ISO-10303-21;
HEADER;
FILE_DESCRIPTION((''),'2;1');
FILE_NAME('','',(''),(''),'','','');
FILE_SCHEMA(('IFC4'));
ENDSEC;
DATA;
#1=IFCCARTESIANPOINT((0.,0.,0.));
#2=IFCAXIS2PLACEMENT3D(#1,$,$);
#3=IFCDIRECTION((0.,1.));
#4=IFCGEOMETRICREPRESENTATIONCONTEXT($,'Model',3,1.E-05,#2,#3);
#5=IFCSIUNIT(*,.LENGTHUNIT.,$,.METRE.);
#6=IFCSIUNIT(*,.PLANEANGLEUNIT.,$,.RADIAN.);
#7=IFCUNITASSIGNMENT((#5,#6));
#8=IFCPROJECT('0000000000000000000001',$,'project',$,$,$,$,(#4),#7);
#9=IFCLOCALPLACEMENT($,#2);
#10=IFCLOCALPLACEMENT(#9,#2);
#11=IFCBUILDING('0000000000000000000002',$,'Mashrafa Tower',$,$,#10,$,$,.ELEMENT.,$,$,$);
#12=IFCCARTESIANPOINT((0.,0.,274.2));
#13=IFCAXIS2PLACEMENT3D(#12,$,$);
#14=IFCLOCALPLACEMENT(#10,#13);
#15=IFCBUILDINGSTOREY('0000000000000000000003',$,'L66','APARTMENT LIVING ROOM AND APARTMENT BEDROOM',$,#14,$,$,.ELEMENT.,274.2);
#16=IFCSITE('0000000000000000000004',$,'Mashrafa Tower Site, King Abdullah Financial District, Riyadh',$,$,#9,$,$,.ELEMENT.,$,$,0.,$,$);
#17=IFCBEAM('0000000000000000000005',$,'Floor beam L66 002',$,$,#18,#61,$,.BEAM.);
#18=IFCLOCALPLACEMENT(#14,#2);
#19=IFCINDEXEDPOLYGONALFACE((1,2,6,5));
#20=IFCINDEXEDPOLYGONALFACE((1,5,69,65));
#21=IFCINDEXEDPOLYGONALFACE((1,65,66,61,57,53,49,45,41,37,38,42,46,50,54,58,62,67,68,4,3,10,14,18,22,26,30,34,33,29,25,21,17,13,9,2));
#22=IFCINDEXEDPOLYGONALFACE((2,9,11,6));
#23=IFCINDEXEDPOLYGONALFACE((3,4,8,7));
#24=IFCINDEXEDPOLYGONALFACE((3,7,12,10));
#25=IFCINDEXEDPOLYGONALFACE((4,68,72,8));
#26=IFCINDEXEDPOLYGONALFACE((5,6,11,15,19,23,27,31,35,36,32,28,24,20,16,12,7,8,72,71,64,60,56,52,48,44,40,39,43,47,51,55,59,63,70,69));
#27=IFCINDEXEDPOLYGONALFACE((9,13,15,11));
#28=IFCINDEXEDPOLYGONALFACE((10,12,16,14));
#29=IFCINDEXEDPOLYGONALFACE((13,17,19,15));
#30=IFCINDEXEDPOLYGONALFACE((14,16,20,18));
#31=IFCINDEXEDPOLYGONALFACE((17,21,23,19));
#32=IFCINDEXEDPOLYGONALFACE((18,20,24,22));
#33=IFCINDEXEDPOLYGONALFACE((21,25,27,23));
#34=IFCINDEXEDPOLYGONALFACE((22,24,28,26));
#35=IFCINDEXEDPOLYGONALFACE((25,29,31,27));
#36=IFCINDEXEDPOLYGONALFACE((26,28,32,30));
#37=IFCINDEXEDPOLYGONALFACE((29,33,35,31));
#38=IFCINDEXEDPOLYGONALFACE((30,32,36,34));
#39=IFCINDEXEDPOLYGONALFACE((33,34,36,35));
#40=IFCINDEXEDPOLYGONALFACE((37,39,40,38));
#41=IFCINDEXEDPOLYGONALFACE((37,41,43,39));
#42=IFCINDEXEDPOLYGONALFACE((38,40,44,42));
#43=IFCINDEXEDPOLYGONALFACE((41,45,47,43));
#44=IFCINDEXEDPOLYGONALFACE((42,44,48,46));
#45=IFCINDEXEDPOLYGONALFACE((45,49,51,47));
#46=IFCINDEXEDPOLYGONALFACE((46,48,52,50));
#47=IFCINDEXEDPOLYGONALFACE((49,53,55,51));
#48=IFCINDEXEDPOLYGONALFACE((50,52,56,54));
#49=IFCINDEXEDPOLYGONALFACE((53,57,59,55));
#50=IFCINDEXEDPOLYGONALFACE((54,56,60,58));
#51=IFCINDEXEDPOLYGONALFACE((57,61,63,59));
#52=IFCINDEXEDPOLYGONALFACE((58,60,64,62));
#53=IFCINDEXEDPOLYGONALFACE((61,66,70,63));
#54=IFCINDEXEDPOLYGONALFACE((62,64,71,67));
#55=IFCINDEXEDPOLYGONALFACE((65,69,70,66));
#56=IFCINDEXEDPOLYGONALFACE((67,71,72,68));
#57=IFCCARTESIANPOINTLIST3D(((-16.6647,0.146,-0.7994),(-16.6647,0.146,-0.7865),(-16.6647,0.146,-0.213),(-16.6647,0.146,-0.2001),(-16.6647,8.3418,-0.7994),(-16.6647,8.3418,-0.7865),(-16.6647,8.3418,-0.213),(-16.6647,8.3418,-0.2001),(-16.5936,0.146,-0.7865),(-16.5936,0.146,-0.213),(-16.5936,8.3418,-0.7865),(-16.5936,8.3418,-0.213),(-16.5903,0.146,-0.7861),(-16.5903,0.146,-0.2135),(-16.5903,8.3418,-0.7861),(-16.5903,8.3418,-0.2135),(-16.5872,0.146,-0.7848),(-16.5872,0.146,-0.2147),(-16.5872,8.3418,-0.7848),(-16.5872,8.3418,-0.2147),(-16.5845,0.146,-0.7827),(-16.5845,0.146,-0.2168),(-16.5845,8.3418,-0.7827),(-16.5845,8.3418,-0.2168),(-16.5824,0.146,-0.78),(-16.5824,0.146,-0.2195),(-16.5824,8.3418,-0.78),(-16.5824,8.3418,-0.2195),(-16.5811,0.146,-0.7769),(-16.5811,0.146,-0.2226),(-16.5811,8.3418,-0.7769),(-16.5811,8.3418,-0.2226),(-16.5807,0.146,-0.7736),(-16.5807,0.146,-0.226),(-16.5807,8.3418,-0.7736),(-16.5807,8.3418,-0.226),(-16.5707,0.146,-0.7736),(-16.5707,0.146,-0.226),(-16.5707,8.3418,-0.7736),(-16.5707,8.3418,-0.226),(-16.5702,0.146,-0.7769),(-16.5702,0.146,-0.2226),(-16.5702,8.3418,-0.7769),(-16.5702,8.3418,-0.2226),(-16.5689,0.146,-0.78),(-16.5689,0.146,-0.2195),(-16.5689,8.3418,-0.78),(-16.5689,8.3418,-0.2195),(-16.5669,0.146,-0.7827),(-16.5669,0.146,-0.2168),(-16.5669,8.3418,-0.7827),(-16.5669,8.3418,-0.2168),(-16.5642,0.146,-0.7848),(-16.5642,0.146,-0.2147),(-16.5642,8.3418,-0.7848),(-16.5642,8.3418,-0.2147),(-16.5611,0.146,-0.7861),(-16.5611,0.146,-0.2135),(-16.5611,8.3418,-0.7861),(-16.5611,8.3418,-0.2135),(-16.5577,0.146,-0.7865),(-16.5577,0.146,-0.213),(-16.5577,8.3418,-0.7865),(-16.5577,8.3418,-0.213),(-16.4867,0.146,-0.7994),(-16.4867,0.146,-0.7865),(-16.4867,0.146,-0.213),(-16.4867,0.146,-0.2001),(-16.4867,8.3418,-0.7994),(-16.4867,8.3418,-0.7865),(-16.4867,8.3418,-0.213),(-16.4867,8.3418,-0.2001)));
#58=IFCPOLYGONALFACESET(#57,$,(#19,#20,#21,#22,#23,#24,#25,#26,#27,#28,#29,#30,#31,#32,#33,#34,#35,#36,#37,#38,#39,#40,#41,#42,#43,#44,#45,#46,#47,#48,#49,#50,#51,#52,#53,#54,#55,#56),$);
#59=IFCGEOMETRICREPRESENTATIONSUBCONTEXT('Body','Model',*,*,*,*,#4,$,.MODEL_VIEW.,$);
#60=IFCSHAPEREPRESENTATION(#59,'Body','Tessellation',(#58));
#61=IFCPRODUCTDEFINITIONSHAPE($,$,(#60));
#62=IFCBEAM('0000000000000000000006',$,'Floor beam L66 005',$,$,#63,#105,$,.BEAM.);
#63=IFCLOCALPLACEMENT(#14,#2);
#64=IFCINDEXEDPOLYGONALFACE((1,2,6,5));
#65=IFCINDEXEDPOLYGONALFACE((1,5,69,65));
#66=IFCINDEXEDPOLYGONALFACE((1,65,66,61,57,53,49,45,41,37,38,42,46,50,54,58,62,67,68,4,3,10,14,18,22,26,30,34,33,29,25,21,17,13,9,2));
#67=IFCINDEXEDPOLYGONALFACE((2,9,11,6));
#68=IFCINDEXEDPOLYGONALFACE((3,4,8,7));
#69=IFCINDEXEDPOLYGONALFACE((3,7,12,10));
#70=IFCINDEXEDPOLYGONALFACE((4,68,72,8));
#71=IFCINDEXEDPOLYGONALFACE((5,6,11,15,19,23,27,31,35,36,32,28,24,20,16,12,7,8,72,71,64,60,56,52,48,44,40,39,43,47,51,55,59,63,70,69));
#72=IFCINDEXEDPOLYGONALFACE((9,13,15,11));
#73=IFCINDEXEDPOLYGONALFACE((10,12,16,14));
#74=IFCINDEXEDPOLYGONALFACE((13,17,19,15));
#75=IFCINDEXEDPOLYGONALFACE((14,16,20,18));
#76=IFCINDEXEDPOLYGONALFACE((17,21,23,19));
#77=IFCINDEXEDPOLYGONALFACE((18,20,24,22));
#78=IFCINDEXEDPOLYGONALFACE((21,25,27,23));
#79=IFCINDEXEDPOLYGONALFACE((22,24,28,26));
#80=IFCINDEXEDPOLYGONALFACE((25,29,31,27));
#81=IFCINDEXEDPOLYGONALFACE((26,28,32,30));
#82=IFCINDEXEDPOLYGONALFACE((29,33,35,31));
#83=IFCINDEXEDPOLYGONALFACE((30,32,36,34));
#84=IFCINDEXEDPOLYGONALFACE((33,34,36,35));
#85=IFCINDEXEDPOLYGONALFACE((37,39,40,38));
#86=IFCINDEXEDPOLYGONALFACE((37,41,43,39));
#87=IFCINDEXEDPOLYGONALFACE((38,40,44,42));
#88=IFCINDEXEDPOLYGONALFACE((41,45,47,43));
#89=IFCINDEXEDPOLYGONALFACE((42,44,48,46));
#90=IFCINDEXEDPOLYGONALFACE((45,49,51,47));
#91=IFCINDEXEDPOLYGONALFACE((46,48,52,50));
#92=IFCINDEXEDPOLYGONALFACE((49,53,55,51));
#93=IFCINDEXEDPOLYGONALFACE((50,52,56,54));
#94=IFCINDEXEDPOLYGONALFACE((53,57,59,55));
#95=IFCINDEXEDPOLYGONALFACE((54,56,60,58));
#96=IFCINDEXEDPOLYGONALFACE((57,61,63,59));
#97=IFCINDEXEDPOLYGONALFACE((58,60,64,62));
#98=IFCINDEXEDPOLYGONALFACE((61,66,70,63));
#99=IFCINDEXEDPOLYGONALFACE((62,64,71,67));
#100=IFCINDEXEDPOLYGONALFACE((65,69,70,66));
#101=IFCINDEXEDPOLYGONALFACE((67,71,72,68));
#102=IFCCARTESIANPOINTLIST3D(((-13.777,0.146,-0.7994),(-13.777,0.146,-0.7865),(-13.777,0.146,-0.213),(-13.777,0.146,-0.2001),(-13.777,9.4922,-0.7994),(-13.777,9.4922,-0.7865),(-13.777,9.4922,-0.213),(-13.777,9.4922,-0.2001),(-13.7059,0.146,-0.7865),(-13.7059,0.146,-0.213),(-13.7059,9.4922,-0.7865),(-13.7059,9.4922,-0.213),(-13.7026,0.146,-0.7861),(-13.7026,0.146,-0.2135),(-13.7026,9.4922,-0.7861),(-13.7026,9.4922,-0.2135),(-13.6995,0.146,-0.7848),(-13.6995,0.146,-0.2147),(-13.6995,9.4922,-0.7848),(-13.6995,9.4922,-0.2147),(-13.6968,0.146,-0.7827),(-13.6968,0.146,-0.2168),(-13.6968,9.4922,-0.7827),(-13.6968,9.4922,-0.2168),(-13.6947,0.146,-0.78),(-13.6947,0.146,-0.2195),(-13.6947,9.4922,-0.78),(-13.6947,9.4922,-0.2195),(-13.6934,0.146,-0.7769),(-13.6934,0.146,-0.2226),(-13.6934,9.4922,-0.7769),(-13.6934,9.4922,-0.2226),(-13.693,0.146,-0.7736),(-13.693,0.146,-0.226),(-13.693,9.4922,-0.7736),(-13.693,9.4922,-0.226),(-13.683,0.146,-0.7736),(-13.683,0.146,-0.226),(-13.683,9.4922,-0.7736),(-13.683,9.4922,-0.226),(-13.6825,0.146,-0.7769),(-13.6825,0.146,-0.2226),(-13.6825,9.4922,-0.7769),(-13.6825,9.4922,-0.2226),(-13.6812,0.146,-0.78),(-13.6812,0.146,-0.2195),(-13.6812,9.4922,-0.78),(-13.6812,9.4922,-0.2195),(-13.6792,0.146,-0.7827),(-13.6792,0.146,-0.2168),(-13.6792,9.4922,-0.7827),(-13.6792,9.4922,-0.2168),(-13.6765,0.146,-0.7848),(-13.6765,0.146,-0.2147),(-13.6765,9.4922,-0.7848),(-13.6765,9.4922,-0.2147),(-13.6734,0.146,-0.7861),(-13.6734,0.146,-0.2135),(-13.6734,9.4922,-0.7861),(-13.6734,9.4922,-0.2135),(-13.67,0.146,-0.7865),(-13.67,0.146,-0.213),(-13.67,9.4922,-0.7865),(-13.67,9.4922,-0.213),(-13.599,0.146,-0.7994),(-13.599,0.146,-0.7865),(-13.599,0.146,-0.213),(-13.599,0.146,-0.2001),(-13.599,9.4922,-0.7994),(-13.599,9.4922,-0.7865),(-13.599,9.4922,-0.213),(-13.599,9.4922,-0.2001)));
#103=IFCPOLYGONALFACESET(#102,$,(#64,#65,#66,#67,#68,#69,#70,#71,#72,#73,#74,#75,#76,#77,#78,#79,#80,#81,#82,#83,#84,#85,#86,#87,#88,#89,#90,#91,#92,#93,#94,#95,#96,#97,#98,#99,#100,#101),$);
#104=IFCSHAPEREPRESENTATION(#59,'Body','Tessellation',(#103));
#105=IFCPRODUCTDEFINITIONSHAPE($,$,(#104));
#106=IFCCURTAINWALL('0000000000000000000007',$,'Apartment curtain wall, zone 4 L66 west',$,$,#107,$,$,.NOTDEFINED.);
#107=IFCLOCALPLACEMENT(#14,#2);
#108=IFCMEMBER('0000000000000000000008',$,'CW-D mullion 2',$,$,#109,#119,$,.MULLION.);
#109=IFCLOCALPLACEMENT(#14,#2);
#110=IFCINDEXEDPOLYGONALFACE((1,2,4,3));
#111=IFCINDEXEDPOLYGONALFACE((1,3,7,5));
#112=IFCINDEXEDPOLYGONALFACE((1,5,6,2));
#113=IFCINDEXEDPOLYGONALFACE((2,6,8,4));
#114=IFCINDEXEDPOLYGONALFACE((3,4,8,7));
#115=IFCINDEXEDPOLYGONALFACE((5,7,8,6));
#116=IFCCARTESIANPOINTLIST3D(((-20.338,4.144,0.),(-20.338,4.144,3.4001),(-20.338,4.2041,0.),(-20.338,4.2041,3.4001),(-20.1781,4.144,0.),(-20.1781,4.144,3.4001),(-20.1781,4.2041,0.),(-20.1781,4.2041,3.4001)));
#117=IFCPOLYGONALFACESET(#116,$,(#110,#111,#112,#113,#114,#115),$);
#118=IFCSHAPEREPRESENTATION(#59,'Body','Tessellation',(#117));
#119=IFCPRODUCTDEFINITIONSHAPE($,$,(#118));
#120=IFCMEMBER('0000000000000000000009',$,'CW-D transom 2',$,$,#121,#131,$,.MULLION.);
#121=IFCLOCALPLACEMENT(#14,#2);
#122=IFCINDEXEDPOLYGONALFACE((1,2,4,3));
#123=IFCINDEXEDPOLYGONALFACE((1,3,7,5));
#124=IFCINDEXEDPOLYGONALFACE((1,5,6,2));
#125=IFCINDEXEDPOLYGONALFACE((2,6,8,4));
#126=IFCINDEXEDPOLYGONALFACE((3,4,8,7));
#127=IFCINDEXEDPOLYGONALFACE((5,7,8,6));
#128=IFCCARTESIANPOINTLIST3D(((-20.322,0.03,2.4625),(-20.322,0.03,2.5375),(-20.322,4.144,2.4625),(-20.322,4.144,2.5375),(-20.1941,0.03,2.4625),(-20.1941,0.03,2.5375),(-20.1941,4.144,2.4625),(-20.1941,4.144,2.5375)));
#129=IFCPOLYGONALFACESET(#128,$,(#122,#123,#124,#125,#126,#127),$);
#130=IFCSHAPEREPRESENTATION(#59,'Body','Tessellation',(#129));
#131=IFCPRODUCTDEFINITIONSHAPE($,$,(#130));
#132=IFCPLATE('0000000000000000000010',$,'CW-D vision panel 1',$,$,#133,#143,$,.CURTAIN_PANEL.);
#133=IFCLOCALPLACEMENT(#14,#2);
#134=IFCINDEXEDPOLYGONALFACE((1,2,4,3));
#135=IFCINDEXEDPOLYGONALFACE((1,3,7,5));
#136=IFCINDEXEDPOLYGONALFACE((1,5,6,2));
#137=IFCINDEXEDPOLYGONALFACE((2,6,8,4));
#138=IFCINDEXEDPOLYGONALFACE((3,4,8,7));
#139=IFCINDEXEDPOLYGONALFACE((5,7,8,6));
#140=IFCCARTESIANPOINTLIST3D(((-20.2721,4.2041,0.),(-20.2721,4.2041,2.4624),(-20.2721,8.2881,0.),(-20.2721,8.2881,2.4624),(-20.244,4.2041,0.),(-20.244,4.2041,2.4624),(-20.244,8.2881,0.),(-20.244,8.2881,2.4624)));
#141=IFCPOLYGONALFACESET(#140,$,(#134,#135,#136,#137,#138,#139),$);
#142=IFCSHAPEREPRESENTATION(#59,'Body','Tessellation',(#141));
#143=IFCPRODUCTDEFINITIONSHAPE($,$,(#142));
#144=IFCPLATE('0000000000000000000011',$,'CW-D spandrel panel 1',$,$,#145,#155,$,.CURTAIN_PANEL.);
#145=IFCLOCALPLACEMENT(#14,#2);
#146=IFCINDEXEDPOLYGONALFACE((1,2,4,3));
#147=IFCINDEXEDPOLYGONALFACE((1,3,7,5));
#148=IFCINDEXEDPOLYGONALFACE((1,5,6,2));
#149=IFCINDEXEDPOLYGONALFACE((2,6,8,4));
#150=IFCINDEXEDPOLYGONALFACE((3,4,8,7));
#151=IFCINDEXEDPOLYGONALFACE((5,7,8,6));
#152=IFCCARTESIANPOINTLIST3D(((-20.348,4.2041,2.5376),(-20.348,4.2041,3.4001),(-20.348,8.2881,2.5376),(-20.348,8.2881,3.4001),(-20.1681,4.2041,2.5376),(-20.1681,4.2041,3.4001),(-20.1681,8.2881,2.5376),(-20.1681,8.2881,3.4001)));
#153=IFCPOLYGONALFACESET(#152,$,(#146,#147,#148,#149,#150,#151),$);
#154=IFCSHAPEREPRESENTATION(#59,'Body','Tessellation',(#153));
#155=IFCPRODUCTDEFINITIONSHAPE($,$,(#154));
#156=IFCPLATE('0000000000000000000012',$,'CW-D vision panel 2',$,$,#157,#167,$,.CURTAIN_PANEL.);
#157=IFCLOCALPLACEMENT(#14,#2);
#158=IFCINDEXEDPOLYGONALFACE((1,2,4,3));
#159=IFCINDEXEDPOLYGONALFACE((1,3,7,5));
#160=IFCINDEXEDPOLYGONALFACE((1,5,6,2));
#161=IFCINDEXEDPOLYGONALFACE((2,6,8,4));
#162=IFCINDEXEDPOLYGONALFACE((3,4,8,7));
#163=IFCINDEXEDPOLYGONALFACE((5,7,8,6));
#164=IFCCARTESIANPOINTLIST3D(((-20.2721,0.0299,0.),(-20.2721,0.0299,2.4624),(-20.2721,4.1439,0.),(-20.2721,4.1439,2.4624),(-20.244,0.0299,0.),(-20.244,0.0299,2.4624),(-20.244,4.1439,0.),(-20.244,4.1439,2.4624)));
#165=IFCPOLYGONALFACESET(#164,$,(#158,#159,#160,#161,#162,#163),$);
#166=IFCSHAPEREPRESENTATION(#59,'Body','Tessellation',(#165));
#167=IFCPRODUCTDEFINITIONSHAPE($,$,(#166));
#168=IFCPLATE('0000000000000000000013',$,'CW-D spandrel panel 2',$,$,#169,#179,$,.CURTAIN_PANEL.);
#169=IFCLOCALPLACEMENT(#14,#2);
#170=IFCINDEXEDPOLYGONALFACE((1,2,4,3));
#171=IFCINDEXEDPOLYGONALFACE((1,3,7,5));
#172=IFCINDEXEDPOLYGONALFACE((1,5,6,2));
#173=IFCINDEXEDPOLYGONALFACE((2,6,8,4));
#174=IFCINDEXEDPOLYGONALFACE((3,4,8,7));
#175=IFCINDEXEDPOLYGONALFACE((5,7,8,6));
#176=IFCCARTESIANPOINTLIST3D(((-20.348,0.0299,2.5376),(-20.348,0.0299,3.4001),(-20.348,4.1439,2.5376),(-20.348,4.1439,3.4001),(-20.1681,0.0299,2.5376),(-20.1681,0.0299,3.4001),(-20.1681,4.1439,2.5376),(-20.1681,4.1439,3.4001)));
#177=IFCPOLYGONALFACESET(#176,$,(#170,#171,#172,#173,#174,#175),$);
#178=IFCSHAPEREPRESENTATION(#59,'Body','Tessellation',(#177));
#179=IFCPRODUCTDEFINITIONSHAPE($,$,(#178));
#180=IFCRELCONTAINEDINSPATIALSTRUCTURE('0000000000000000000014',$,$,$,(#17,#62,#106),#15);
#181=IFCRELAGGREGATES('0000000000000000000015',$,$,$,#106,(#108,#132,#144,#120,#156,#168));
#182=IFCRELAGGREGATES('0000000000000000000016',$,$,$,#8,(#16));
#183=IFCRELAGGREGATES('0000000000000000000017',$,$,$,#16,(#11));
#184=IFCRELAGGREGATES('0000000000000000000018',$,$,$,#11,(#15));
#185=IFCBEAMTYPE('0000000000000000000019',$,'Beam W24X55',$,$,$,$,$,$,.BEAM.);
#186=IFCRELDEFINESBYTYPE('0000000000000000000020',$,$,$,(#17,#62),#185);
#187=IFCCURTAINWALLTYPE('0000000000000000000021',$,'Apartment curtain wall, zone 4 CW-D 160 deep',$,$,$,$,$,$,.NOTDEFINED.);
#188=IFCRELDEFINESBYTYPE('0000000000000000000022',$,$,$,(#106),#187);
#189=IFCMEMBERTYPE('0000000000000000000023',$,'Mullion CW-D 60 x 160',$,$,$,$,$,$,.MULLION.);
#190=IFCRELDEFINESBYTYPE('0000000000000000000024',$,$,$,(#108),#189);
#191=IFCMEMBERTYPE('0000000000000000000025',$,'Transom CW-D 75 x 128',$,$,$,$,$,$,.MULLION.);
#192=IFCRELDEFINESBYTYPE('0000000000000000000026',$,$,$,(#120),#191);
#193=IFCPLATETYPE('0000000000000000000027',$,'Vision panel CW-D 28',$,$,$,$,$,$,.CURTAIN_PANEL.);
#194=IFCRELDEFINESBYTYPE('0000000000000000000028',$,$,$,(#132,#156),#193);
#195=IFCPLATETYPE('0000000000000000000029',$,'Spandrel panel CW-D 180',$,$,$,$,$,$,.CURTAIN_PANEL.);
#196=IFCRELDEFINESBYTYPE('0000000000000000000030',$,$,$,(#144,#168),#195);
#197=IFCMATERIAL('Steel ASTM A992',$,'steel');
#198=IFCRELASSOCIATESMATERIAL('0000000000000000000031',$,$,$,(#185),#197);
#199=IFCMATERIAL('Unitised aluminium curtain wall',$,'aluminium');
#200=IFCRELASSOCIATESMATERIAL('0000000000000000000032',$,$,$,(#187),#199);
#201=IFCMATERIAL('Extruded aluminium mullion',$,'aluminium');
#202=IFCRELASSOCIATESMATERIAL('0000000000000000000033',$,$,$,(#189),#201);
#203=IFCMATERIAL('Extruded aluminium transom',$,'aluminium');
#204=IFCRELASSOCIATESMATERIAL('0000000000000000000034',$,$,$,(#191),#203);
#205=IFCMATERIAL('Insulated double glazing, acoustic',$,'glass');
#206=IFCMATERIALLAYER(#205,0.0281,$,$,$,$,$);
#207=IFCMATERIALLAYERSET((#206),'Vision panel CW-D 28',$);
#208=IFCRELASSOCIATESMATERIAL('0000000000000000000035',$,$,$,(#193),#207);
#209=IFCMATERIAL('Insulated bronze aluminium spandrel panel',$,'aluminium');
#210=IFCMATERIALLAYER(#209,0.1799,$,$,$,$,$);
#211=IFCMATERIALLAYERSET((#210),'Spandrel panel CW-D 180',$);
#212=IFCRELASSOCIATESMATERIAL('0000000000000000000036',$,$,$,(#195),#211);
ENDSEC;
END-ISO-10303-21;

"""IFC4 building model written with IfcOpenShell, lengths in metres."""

from ifc_helpers import new_model, si_unit, direction, frame, origin, origin_2d, place, context, subcontext, project, spatial, rectangle, i_section, extrude, source, transform, mapped, material, layer, layer_set, material_profile, profile_set, type_object, type_shapes, element, aggregate, save


model = new_model("IFC4")

# Units and contexts
model_context = context("Model", 3, precision=1e-05, world=origin(), true_north=direction((0.0, 1.0)))
body_context = subcontext(model_context, "Body", "Model", "MODEL_VIEW")
ifc_project = project(units=[si_unit("LENGTHUNIT", "METRE"), si_unit("PLANEANGLEUNIT", "RADIAN")], contexts=[model_context])

# Site, building, storey
site_placement = place(None, origin())
site = spatial("IfcSite", under=ifc_project, at=site_placement, Name="Mashrafa Tower Site, King Abdullah Financial District, Riyadh", CompositionType="ELEMENT", RefElevation=0.0)
building_placement = place(site_placement, origin())
building = spatial("IfcBuilding", under=site, at=building_placement, Name="Mashrafa Tower", CompositionType="ELEMENT")
storey_placement = place(building_placement, frame((0.0, 0.0, 274.2)))
storey = spatial("IfcBuildingStorey", under=building, at=storey_placement, Name="L66", Description="APARTMENT LIVING ROOM AND APARTMENT BEDROOM", CompositionType="ELEMENT", Elevation=274.2)

# Beams
ifc_material_1 = material(Name="Steel ASTM A992", Category="steel")
ifc_material_profile_1 = material_profile(ifc_material_1, i_section(OverallWidth=0.178, OverallDepth=0.5994, WebThickness=0.01, FlangeThickness=0.0129, FilletRadius=0.0129, at=origin_2d()), Name="W24X55")
ifc_profile_set_1 = profile_set([ifc_material_profile_1], Name="Steel ASTM A992")
beam_type = type_object("IfcBeamType", Name="Beam W24X55", PredefinedType="BEAM", material=ifc_profile_set_1)
beam_1_placement = place(storey_placement, frame((-16.5757, 0.146, -0.4998), z_axis=(0.0, 1.0, 0.0), x_axis=(-1.0, 0.0, 0.0)))
element("IfcBeam", 1, at=beam_1_placement, inside=storey, type_object=beam_type, Name="Floor beam L66 002", PredefinedType="BEAM", context=body_context, shape_type="SweptSolid", body=[
    extrude(i_section(OverallWidth=0.178, OverallDepth=0.5994, WebThickness=0.01, FlangeThickness=0.0129, FilletRadius=0.0129, at=origin_2d()), origin(), (0.0, 0.0, 1.0), 8.1958),
])
beam_2_placement = place(storey_placement, frame((-13.688, 0.146, -0.4998), z_axis=(0.0, 1.0, 0.0), x_axis=(-1.0, 0.0, 0.0)))
element("IfcBeam", 2, at=beam_2_placement, inside=storey, type_object=beam_type, Name="Floor beam L66 005", PredefinedType="BEAM", context=body_context, shape_type="SweptSolid", body=[
    extrude(i_section(OverallWidth=0.178, OverallDepth=0.5994, WebThickness=0.01, FlangeThickness=0.0129, FilletRadius=0.0129, at=origin_2d()), origin(), (0.0, 0.0, 1.0), 9.3462),
])

# Curtain wall, members, plates
ifc_material_2 = material(Name="Unitised aluminium curtain wall", Category="aluminium")
curtain_wall_type = type_object("IfcCurtainWallType", Name="Apartment curtain wall, zone 4 CW-D 160 deep", PredefinedType="NOTDEFINED", material=ifc_material_2)
curtain_wall_placement = place(storey_placement, origin())
curtain_wall = element("IfcCurtainWall", 3, at=curtain_wall_placement, inside=storey, type_object=curtain_wall_type, Name="Apartment curtain wall, zone 4 L66 west", PredefinedType="NOTDEFINED")
ifc_material_3 = material(Name="Extruded aluminium mullion", Category="aluminium")
ifc_material_profile_2 = material_profile(ifc_material_3, rectangle(XDim=0.1599, YDim=0.0601, at=origin_2d()), Name="Mullion 60x160")
ifc_profile_set_2 = profile_set([ifc_material_profile_2], Name="Extruded aluminium mullion")
member_type_1 = type_object("IfcMemberType", Name="Mullion CW-D 60 x 160", PredefinedType="MULLION", material=ifc_profile_set_2)
shared_shape_1 = source(origin(), body_context, "Body", "SweptSolid", [
    extrude(rectangle(XDim=0.1599, YDim=0.0601, at=origin_2d()), origin(), (0.0, 0.0, 1.0), 3.4001),
])
type_shapes(member_type_1, [shared_shape_1])
member_1_placement = place(storey_placement, frame((-20.2581, 4.1741, 0.0), z_axis=(0.0, 0.0, 1.0), x_axis=(1.0, 0.0, 0.0)))
member_1 = element("IfcMember", 4, at=member_1_placement, type_object=member_type_1, Name="CW-D mullion 2", PredefinedType="MULLION", context=body_context, shape_type="MappedRepresentation", body=[
    mapped(shared_shape_1, transform((0.0, 0.0, 0.0))),
])
ifc_material_4 = material(Name="Extruded aluminium transom", Category="aluminium")
ifc_material_profile_3 = material_profile(ifc_material_4, rectangle(XDim=0.1279, YDim=0.075, at=origin_2d()), Name="Transom 75x128")
ifc_profile_set_3 = profile_set([ifc_material_profile_3], Name="Extruded aluminium transom")
member_type_2 = type_object("IfcMemberType", Name="Transom CW-D 75 x 128", PredefinedType="MULLION", material=ifc_profile_set_3)
shared_shape_2 = source(origin(), body_context, "Body", "SweptSolid", [
    extrude(rectangle(XDim=0.1279, YDim=0.075, at=origin_2d()), origin(), (0.0, 0.0, 1.0), 4.114),
])
type_shapes(member_type_2, [shared_shape_2])
member_2_placement = place(storey_placement, frame((-20.2581, 4.144, 2.5), z_axis=(0.0, -1.0, 0.0), x_axis=(1.0, 0.0, 0.0)))
member_2 = element("IfcMember", 5, at=member_2_placement, type_object=member_type_2, Name="CW-D transom 2", PredefinedType="MULLION", context=body_context, shape_type="MappedRepresentation", body=[
    mapped(shared_shape_2, transform((0.0, 0.0, 0.0))),
])
ifc_material_5 = material(Name="Insulated double glazing, acoustic", Category="glass")
ifc_layer_1 = layer(ifc_material_5, 0.0281)
ifc_layer_set_1 = layer_set([ifc_layer_1], Name="Vision panel CW-D 28")
plate_type_1 = type_object("IfcPlateType", Name="Vision panel CW-D 28", PredefinedType="CURTAIN_PANEL", material=ifc_layer_set_1)
shared_shape_3 = source(origin(), body_context, "Body", "SweptSolid", [
    extrude(rectangle(XDim=4.084, YDim=0.0281, at=origin_2d()), origin(), (0.0, 0.0, 1.0), 2.4624),
])
plate_1_placement = place(storey_placement, frame((-20.2581, 6.2461, 0.0), z_axis=(0.0, 0.0, 1.0), x_axis=(0.0, -1.0, 0.0)))
plate_1 = element("IfcPlate", 6, at=plate_1_placement, type_object=plate_type_1, Name="CW-D vision panel 1", PredefinedType="CURTAIN_PANEL", context=body_context, shape_type="MappedRepresentation", body=[
    mapped(shared_shape_3, transform((0.0, 0.0, 0.0))),
])
ifc_material_6 = material(Name="Insulated bronze aluminium spandrel panel", Category="aluminium")
ifc_layer_2 = layer(ifc_material_6, 0.1799)
ifc_layer_set_2 = layer_set([ifc_layer_2], Name="Spandrel panel CW-D 180")
plate_type_2 = type_object("IfcPlateType", Name="Spandrel panel CW-D 180", PredefinedType="CURTAIN_PANEL", material=ifc_layer_set_2)
shared_shape_4 = source(origin(), body_context, "Body", "SweptSolid", [
    extrude(rectangle(XDim=4.084, YDim=0.1799, at=origin_2d()), origin(), (0.0, 0.0, 1.0), 0.8625),
])
plate_2_placement = place(storey_placement, frame((-20.2581, 6.2461, 2.5376), z_axis=(0.0, 0.0, 1.0), x_axis=(0.0, -1.0, 0.0)))
plate_2 = element("IfcPlate", 7, at=plate_2_placement, type_object=plate_type_2, Name="CW-D spandrel panel 1", PredefinedType="CURTAIN_PANEL", context=body_context, shape_type="MappedRepresentation", body=[
    mapped(shared_shape_4, transform((0.0, 0.0, 0.0))),
])
shared_shape_5 = source(origin(), body_context, "Body", "SweptSolid", [
    extrude(rectangle(XDim=4.114, YDim=0.0281, at=origin_2d()), origin(), (0.0, 0.0, 1.0), 2.4624),
])
type_shapes(plate_type_1, [shared_shape_3, shared_shape_5])
plate_3_placement = place(storey_placement, frame((-20.2581, 2.0869, 0.0), z_axis=(0.0, 0.0, 1.0), x_axis=(0.0, -1.0, 0.0)))
plate_3 = element("IfcPlate", 8, at=plate_3_placement, type_object=plate_type_1, Name="CW-D vision panel 2", PredefinedType="CURTAIN_PANEL", context=body_context, shape_type="MappedRepresentation", body=[
    mapped(shared_shape_5, transform((0.0, 0.0, 0.0))),
])
shared_shape_6 = source(origin(), body_context, "Body", "SweptSolid", [
    extrude(rectangle(XDim=4.114, YDim=0.1799, at=origin_2d()), origin(), (0.0, 0.0, 1.0), 0.8625),
])
type_shapes(plate_type_2, [shared_shape_4, shared_shape_6])
plate_4_placement = place(storey_placement, frame((-20.2581, 2.0869, 2.5376), z_axis=(0.0, 0.0, 1.0), x_axis=(0.0, -1.0, 0.0)))
plate_4 = element("IfcPlate", 9, at=plate_4_placement, type_object=plate_type_2, Name="CW-D spandrel panel 2", PredefinedType="CURTAIN_PANEL", context=body_context, shape_type="MappedRepresentation", body=[
    mapped(shared_shape_6, transform((0.0, 0.0, 0.0))),
])
aggregate(curtain_wall, [member_1, plate_1, plate_2, member_2, plate_3, plate_4])

save(model, "model.ifc")
